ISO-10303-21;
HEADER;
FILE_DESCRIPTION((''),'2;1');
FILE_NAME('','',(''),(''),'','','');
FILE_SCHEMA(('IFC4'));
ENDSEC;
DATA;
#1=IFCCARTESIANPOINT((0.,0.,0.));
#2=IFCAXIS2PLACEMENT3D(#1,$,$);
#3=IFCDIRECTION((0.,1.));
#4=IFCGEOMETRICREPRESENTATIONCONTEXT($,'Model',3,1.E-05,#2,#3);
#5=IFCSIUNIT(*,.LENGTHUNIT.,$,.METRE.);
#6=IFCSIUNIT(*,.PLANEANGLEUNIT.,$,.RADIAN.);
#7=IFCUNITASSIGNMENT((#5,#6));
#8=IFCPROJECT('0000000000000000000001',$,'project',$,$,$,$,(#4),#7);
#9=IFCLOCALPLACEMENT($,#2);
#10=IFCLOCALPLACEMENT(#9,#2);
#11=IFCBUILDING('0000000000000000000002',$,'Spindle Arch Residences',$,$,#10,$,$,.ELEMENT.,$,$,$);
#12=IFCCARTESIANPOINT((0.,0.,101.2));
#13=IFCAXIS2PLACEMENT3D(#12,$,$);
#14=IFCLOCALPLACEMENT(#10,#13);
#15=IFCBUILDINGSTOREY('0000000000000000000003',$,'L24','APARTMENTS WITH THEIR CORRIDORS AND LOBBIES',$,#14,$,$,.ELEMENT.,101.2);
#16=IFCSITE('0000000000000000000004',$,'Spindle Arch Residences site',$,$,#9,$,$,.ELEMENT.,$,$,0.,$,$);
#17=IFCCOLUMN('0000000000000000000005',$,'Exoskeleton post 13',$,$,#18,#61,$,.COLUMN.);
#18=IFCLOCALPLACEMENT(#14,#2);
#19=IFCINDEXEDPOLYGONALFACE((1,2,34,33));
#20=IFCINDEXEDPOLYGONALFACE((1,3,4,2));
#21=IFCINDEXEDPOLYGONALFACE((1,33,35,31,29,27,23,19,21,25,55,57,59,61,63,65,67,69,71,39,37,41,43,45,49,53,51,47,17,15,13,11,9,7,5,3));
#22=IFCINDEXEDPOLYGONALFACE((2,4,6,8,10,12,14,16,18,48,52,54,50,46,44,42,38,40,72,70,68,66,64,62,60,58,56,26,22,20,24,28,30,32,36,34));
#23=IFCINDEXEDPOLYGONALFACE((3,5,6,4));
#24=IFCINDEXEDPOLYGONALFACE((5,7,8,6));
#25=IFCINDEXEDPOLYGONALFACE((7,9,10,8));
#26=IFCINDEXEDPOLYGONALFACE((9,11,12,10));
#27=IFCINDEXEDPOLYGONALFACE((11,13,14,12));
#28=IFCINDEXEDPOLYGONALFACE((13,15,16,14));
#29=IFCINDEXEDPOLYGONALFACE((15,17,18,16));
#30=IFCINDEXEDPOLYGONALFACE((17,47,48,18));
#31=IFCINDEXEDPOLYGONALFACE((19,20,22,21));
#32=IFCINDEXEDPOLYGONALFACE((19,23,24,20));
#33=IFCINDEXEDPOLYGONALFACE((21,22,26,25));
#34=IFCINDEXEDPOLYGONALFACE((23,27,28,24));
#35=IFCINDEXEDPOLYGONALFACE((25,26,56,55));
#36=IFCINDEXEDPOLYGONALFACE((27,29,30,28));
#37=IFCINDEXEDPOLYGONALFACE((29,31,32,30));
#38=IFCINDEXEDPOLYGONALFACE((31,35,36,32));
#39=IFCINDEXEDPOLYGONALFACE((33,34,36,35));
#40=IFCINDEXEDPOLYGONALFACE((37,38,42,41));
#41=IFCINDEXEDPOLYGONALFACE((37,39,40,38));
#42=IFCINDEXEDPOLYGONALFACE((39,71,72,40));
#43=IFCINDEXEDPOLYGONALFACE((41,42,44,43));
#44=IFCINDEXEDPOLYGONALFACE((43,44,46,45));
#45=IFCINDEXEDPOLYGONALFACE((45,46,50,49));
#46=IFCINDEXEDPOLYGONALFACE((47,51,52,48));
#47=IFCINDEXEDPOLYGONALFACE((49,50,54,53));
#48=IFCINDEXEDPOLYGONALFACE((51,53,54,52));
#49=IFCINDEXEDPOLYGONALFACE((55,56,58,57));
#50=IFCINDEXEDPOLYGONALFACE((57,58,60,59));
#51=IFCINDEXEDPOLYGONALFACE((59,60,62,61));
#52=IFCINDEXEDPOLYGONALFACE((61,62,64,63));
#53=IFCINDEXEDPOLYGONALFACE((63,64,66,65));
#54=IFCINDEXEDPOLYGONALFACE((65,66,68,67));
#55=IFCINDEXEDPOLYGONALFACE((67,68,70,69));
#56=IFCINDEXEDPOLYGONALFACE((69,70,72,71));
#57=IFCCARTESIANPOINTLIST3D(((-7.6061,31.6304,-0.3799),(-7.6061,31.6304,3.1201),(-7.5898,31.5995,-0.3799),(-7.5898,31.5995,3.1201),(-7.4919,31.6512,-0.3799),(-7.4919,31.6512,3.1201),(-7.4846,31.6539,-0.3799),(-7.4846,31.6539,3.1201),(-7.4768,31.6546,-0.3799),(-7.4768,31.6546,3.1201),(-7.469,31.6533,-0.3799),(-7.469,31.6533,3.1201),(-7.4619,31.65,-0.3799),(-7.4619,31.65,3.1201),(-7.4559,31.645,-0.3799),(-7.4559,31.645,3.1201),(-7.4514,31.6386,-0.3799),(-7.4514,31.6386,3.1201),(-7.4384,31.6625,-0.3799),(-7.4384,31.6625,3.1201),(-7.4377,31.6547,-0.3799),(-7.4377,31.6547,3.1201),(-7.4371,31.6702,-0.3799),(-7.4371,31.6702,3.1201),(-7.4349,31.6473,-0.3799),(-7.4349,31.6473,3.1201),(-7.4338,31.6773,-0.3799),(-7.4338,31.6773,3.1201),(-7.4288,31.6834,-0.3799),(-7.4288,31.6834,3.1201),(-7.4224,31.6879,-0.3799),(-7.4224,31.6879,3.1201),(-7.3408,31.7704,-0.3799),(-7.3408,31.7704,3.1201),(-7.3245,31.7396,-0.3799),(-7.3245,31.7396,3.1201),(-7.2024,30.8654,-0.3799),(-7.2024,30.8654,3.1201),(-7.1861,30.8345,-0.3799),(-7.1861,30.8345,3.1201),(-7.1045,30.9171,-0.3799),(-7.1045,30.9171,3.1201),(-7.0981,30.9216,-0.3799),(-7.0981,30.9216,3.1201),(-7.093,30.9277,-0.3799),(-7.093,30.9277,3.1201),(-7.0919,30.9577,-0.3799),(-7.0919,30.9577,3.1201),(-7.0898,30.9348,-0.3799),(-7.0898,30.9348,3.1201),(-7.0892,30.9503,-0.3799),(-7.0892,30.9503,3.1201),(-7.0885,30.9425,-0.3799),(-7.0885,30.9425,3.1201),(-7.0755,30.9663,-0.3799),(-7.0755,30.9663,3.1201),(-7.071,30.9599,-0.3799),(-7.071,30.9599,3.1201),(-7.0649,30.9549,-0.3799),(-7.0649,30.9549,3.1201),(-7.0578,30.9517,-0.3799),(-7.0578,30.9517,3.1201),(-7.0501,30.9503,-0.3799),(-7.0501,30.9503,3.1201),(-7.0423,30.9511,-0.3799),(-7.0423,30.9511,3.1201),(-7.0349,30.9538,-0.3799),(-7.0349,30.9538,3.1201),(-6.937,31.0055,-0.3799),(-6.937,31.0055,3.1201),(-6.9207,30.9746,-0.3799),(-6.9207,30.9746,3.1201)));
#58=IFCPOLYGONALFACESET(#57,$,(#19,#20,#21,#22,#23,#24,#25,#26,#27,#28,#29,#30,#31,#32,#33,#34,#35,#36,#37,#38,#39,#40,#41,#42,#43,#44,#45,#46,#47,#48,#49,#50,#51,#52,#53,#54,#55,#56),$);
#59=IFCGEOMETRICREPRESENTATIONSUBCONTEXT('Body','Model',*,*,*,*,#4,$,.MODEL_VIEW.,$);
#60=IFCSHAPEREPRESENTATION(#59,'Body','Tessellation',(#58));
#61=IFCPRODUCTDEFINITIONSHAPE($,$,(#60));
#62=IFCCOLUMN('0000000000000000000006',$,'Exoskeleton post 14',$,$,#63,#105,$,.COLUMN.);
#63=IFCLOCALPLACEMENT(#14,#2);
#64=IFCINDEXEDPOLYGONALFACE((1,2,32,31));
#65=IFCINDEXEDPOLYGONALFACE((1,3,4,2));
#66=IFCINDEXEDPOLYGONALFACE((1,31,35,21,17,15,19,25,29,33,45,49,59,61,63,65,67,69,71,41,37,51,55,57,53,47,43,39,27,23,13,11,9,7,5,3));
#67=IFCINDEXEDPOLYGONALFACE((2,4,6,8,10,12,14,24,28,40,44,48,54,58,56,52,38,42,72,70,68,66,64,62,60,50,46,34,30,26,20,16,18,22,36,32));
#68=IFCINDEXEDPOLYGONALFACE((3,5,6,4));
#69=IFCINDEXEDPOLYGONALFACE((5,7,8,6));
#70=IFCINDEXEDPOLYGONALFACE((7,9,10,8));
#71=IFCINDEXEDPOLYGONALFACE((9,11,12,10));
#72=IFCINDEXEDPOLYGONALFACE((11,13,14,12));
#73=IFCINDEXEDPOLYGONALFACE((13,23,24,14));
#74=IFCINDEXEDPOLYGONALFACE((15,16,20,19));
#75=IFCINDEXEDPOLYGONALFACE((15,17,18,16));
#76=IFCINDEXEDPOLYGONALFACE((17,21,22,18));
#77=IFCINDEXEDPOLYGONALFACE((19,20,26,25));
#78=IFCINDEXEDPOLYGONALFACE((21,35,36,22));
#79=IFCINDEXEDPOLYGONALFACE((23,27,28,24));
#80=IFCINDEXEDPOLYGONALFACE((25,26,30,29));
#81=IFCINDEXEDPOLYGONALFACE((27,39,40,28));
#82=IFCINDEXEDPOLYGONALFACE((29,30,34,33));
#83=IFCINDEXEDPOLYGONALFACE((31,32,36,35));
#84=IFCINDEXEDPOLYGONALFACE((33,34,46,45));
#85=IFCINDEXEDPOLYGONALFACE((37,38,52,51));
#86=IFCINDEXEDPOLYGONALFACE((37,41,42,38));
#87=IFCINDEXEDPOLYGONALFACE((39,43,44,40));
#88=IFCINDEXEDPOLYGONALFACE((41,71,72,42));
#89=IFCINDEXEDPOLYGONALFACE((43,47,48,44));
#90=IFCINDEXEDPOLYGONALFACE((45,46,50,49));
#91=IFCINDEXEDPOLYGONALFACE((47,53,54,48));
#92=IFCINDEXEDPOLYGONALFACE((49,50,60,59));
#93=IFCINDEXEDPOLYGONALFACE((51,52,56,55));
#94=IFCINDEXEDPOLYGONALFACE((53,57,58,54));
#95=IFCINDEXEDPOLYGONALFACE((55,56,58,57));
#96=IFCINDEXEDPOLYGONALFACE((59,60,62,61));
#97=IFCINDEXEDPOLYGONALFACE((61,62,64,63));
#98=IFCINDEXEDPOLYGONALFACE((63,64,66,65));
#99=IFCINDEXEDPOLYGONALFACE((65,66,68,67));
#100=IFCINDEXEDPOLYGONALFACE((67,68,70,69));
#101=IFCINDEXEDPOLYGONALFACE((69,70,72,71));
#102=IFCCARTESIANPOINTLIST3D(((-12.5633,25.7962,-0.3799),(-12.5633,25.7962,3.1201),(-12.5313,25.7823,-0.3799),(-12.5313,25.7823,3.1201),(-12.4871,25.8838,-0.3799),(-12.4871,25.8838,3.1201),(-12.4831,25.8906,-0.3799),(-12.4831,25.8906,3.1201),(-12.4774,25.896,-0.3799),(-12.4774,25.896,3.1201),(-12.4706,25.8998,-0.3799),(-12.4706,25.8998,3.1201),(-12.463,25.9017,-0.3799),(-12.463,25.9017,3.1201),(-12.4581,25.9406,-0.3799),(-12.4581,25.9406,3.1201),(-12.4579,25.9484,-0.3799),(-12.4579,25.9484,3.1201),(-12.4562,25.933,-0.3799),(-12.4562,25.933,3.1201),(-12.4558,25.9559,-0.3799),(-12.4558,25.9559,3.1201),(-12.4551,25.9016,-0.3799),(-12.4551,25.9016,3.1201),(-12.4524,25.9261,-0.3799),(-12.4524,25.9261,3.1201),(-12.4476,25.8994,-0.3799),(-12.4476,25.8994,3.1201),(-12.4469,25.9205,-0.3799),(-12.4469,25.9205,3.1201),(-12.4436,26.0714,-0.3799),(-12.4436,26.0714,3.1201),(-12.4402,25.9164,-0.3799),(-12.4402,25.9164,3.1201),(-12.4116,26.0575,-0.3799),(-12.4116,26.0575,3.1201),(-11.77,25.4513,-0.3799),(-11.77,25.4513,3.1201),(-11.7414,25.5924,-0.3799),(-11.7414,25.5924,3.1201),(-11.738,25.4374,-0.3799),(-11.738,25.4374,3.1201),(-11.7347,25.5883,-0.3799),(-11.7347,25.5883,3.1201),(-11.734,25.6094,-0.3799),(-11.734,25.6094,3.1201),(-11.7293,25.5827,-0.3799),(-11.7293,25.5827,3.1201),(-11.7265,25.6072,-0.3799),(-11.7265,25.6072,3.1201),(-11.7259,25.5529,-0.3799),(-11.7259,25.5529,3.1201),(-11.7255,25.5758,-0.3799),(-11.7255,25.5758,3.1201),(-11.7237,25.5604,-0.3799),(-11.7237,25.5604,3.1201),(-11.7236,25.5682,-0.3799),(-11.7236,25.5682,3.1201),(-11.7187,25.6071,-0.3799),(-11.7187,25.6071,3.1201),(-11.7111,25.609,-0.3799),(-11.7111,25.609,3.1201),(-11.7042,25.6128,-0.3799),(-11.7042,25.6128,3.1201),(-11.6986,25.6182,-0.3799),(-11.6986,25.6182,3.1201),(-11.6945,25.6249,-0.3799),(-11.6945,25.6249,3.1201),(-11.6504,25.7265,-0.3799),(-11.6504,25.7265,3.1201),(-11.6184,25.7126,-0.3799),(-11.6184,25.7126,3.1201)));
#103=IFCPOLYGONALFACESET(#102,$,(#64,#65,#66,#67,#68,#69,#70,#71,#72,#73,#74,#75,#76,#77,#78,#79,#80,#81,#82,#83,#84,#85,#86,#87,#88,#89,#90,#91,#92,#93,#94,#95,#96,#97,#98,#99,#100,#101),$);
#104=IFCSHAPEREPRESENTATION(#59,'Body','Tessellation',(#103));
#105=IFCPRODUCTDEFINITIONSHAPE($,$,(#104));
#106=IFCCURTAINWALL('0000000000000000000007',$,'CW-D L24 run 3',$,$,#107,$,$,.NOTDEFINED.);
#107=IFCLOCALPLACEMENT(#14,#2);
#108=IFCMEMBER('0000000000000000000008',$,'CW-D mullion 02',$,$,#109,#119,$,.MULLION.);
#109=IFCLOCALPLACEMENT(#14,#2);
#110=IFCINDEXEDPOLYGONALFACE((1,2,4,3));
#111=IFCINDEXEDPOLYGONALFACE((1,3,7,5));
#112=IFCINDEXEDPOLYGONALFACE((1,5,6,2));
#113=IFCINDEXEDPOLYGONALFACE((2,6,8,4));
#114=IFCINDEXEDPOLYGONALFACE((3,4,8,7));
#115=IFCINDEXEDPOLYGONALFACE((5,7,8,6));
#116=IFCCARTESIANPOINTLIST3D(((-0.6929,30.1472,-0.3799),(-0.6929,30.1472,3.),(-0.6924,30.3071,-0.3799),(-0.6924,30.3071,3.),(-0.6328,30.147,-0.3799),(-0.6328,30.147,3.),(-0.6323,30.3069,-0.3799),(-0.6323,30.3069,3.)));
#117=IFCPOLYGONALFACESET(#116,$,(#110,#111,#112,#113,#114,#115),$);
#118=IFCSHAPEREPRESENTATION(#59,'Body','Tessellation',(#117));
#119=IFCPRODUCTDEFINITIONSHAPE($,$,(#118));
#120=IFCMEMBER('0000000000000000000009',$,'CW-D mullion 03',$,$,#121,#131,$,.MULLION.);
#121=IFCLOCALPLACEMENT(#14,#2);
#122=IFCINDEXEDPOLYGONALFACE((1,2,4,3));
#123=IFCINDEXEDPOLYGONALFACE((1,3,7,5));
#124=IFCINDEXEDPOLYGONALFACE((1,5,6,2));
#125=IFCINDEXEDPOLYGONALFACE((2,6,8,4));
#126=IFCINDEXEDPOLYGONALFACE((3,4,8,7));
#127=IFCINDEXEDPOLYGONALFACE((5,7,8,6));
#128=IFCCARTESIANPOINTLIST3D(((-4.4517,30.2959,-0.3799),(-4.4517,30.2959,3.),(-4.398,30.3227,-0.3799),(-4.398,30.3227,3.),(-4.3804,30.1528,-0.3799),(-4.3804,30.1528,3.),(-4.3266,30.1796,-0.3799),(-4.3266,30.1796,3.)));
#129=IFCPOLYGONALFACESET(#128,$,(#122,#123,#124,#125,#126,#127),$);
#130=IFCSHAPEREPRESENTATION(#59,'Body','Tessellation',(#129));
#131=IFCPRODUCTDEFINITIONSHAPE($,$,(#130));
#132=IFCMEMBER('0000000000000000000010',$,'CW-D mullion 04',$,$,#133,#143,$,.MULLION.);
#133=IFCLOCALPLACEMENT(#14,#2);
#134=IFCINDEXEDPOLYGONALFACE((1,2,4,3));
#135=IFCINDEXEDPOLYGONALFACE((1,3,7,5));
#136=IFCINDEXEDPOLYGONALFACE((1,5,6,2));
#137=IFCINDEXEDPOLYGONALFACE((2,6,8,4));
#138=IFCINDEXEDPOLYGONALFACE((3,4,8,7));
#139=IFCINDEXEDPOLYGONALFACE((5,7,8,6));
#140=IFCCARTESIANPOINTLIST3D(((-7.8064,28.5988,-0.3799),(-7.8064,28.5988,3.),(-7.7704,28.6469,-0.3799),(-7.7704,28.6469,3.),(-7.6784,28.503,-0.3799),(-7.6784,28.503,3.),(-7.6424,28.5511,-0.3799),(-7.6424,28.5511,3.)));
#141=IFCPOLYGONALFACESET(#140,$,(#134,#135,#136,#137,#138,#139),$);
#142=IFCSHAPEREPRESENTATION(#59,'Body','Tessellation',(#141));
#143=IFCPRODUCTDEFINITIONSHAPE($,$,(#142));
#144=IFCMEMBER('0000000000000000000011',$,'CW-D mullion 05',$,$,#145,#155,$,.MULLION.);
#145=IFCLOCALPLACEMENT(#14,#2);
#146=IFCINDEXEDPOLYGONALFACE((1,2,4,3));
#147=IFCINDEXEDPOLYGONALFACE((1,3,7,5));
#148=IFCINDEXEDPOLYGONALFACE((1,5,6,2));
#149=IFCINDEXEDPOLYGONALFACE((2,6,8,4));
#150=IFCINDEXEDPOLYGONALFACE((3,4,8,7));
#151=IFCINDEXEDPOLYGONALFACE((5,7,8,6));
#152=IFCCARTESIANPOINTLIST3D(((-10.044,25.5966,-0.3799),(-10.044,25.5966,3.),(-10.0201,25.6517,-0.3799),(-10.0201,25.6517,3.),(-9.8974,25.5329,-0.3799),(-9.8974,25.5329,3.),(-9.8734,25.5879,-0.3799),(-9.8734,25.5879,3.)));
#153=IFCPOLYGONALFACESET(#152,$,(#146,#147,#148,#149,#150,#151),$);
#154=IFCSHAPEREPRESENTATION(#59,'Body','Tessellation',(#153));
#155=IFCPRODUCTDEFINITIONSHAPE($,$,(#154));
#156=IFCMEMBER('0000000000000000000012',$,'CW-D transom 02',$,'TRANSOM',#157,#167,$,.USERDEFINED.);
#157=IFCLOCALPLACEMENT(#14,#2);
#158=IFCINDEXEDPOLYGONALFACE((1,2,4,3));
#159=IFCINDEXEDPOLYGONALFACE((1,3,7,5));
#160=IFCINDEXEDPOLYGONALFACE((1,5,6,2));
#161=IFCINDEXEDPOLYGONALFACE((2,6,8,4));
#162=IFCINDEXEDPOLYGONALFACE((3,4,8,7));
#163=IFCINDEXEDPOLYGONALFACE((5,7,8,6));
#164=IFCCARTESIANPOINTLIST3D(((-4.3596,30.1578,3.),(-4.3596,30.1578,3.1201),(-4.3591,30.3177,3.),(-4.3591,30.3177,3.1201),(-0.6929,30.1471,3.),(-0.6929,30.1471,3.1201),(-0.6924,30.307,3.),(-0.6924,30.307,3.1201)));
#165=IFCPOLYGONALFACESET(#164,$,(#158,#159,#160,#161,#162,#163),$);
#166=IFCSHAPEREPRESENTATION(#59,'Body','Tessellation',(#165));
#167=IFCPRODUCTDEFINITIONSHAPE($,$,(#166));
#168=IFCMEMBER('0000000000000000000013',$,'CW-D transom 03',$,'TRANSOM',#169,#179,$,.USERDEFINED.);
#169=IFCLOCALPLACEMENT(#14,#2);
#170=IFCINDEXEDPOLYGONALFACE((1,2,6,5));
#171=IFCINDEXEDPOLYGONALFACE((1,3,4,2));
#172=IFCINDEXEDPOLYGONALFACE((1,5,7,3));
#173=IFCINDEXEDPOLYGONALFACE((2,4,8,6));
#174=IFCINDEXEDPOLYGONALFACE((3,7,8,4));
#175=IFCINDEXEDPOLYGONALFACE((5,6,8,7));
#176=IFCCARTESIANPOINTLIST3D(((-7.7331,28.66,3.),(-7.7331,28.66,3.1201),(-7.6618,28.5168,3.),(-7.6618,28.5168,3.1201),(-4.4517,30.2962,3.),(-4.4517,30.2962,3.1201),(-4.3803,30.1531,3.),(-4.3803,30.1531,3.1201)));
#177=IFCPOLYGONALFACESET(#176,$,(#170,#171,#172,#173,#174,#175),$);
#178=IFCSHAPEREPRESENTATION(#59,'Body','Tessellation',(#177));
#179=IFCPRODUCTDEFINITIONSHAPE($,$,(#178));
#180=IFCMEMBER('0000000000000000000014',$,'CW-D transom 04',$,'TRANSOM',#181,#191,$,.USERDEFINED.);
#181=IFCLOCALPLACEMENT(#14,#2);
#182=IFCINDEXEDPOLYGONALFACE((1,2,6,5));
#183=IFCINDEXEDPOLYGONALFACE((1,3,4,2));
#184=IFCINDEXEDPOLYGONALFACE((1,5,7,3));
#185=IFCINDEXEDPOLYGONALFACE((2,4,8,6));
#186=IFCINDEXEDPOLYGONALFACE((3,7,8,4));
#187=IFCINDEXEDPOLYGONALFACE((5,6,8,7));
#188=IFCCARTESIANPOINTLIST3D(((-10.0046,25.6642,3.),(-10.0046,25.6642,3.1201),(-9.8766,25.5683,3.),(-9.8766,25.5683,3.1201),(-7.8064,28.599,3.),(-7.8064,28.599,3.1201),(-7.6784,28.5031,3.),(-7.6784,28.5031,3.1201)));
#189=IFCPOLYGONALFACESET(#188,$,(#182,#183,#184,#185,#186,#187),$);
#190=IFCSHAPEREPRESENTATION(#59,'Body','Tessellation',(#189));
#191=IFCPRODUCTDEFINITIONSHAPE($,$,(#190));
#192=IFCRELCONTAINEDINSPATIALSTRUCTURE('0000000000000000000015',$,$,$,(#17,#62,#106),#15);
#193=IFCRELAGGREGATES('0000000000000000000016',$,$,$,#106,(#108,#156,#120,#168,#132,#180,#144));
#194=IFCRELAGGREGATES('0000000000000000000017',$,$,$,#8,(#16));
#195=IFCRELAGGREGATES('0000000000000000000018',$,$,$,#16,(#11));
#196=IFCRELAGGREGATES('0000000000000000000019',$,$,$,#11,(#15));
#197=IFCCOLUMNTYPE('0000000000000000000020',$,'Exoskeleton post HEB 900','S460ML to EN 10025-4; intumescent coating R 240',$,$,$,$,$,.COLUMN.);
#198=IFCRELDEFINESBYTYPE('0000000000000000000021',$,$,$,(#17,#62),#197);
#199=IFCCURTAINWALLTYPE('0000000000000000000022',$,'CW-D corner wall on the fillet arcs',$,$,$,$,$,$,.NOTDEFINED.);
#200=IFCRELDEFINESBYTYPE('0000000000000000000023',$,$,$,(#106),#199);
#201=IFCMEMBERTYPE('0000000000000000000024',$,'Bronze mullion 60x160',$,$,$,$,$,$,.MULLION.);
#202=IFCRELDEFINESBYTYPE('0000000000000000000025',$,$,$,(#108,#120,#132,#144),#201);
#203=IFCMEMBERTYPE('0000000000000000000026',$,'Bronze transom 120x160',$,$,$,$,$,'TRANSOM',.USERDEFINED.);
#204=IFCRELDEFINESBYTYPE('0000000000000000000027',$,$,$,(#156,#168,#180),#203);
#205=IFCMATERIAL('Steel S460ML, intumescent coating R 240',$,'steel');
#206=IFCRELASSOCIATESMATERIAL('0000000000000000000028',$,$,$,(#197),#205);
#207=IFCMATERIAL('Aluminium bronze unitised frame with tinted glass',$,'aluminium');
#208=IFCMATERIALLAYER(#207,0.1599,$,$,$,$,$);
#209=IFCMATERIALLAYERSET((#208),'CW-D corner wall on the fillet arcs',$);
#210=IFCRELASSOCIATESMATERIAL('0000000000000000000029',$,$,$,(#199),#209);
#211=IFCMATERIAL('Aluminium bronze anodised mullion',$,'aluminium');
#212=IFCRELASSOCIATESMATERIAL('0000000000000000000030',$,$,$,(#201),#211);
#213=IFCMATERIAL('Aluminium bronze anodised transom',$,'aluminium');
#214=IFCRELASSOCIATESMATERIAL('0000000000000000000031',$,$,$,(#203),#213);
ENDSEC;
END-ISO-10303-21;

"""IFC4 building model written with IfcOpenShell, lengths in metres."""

from ifc_helpers import new_model, si_unit, direction, frame, origin, origin_2d, place, context, subcontext, project, spatial, rectangle, i_section, extrude, material, layer, layer_set, material_profile, profile_set, type_object, element, aggregate, save


model = new_model("IFC4")

# Units and contexts
model_context = context("Model", 3, precision=1e-05, world=origin(), true_north=direction((0.0, 1.0)))
body_context = subcontext(model_context, "Body", "Model", "MODEL_VIEW")
ifc_project = project(units=[si_unit("LENGTHUNIT", "METRE"), si_unit("PLANEANGLEUNIT", "RADIAN")], contexts=[model_context])

# Site, building, storey
site_placement = place(None, origin())
site = spatial("IfcSite", under=ifc_project, at=site_placement, Name="Spindle Arch Residences site", CompositionType="ELEMENT", RefElevation=0.0)
building_placement = place(site_placement, origin())
building = spatial("IfcBuilding", under=site, at=building_placement, Name="Spindle Arch Residences", CompositionType="ELEMENT")
storey_placement = place(building_placement, frame((0.0, 0.0, 101.2)))
storey = spatial("IfcBuildingStorey", under=building, at=storey_placement, Name="L24", Description="APARTMENTS WITH THEIR CORRIDORS AND LOBBIES", CompositionType="ELEMENT", Elevation=101.2)

# Columns
ifc_material_1 = material(Name="Steel S460ML, intumescent coating R 240", Category="steel")
ifc_material_profile_1 = material_profile(ifc_material_1, i_section(OverallWidth=0.3, OverallDepth=0.8999, WebThickness=0.0186, FlangeThickness=0.0349, FilletRadius=0.03, at=origin_2d()), Name="HEB 900")
ifc_profile_set_1 = profile_set([ifc_material_profile_1], Name="Steel S460ML, intumescent coating R 240")
column_type = type_object("IfcColumnType", Name="Exoskeleton post HEB 900", Description="S460ML to EN 10025-4; intumescent coating R 240", PredefinedType="COLUMN", material=ifc_profile_set_1)
for number, where, z_axis, x_axis, name in (
    (1, (-7.2634, 31.3025, -0.3799), (0.0, 0.0, 1.0), (0.884365, 0.466797, 0.0), "Exoskeleton post 13"),
    (2, (-12.0908, 25.7544, -0.3799), (0.0, 0.0, 1.0), (0.398749, 0.91706, 0.0), "Exoskeleton post 14"),
):
    element("IfcColumn", number, at=place(storey_placement, frame(where, z_axis=z_axis, x_axis=x_axis)), inside=storey, type_object=column_type, Name=name, PredefinedType="COLUMN", context=body_context, shape_type="SweptSolid", body=[
        extrude(i_section(OverallWidth=0.3, OverallDepth=0.8999, WebThickness=0.0186, FlangeThickness=0.0349, FilletRadius=0.03, at=origin_2d()), origin(), (0.0, 0.0, 1.0), 3.5),
    ])

# Curtain wall, members
ifc_material_2 = material(Name="Aluminium bronze unitised frame with tinted glass", Category="aluminium")
ifc_layer_1 = layer(ifc_material_2, 0.1599)
ifc_layer_set_1 = layer_set([ifc_layer_1], Name="CW-D corner wall on the fillet arcs")
curtain_wall_type = type_object("IfcCurtainWallType", Name="CW-D corner wall on the fillet arcs", PredefinedType="NOTDEFINED", material=ifc_layer_set_1)
curtain_wall_placement = place(storey_placement, origin())
curtain_wall = element("IfcCurtainWall", 3, at=curtain_wall_placement, inside=storey, type_object=curtain_wall_type, Name="CW-D L24 run 3", PredefinedType="NOTDEFINED")
ifc_material_3 = material(Name="Aluminium bronze anodised mullion", Category="aluminium")
ifc_material_profile_2 = material_profile(ifc_material_3, rectangle(XDim=0.1599, YDim=0.0601, at=origin_2d()), Name="MU 60x160")
ifc_profile_set_2 = profile_set([ifc_material_profile_2], Name="Aluminium bronze anodised mullion")
member_type_1 = type_object("IfcMemberType", Name="Bronze mullion 60x160", PredefinedType="MULLION", material=ifc_profile_set_2)
member_1_placement = place(storey_placement, frame((-0.6626, 30.2271, -0.3799), z_axis=(0.0, 0.0, 1.0), x_axis=(-0.002909, -0.999996, 0.0)))
member_1 = element("IfcMember", 4, at=member_1_placement, type_object=member_type_1, Name="CW-D mullion 02", PredefinedType="MULLION", context=body_context, shape_type="SweptSolid", body=[
    extrude(rectangle(XDim=0.1599, YDim=0.0601, at=origin_2d()), origin(), (0.0, 0.0, 1.0), 3.3799),
])
member_2_placement = place(storey_placement, frame((-4.3892, 30.2378, -0.3799), z_axis=(0.0, 0.0, 1.0), x_axis=(0.446198, -0.894934, 0.0)))
member_2 = element("IfcMember", 5, at=member_2_placement, type_object=member_type_1, Name="CW-D mullion 03", PredefinedType="MULLION", context=body_context, shape_type="SweptSolid", body=[
    extrude(rectangle(XDim=0.1599, YDim=0.0601, at=origin_2d()), origin(), (0.0, 0.0, 1.0), 3.3799),
])
member_3_placement = place(storey_placement, frame((-7.7244, 28.575, -0.3799), z_axis=(0.0, 0.0, 1.0), x_axis=(0.800383, -0.599489, 0.0)))
member_3 = element("IfcMember", 6, at=member_3_placement, type_object=member_type_1, Name="CW-D mullion 04", PredefinedType="MULLION", context=body_context, shape_type="SweptSolid", body=[
    extrude(rectangle(XDim=0.1599, YDim=0.0601, at=origin_2d()), origin(), (0.0, 0.0, 1.0), 3.3799),
])
member_4_placement = place(storey_placement, frame((-9.9587, 25.5923, -0.3799), z_axis=(0.0, 0.0, 1.0), x_axis=(0.91706, -0.398749, 0.0)))
member_4 = element("IfcMember", 7, at=member_4_placement, type_object=member_type_1, Name="CW-D mullion 05", PredefinedType="MULLION", context=body_context, shape_type="SweptSolid", body=[
    extrude(rectangle(XDim=0.1599, YDim=0.0601, at=origin_2d()), origin(), (0.0, 0.0, 1.0), 3.3799),
])
ifc_material_4 = material(Name="Aluminium bronze anodised transom", Category="aluminium")
ifc_material_profile_3 = material_profile(ifc_material_4, rectangle(XDim=0.1599, YDim=0.1201, at=origin_2d()), Name="TR 120x160")
ifc_profile_set_3 = profile_set([ifc_material_profile_3], Name="Aluminium bronze anodised transom")
member_type_2 = type_object("IfcMemberType", Name="Bronze transom 120x160", ElementType="TRANSOM", PredefinedType="USERDEFINED", material=ifc_profile_set_3)
member_5_placement = place(storey_placement, frame((-0.6926, 30.2271, 3.0601), z_axis=(-0.999996, 0.00293, 0.0), x_axis=(-0.00293, -0.999996, 0.0)))
member_5 = element("IfcMember", 8, at=member_5_placement, type_object=member_type_2, Name="CW-D transom 02", ObjectType="TRANSOM", PredefinedType="USERDEFINED", context=body_context, shape_type="SweptSolid", body=[
    extrude(rectangle(XDim=0.1599, YDim=0.1201, at=origin_2d()), origin(), (0.0, 0.0, 1.0), 3.6667),
])
member_6_placement = place(storey_placement, frame((-4.416, 30.2246, 3.0601), z_axis=(-0.894919, -0.446228, 0.0), x_axis=(0.446228, -0.894919, 0.0)))
member_6 = element("IfcMember", 9, at=member_6_placement, type_object=member_type_2, Name="CW-D transom 03", ObjectType="TRANSOM", PredefinedType="USERDEFINED", context=body_context, shape_type="SweptSolid", body=[
    extrude(rectangle(XDim=0.1599, YDim=0.1201, at=origin_2d()), origin(), (0.0, 0.0, 1.0), 3.6667),
])
member_7_placement = place(storey_placement, frame((-7.7424, 28.551, 3.0601), z_axis=(-0.599499, -0.800375, 0.0), x_axis=(0.800375, -0.599499, 0.0)))
member_7 = element("IfcMember", 10, at=member_7_placement, type_object=member_type_2, Name="CW-D transom 04", ObjectType="TRANSOM", PredefinedType="USERDEFINED", context=body_context, shape_type="SweptSolid", body=[
    extrude(rectangle(XDim=0.1599, YDim=0.1201, at=origin_2d()), origin(), (0.0, 0.0, 1.0), 3.6667),
])

aggregate(curtain_wall, [member_1, member_5, member_2, member_6, member_3, member_7, member_4])

save(model, "model.ifc")
